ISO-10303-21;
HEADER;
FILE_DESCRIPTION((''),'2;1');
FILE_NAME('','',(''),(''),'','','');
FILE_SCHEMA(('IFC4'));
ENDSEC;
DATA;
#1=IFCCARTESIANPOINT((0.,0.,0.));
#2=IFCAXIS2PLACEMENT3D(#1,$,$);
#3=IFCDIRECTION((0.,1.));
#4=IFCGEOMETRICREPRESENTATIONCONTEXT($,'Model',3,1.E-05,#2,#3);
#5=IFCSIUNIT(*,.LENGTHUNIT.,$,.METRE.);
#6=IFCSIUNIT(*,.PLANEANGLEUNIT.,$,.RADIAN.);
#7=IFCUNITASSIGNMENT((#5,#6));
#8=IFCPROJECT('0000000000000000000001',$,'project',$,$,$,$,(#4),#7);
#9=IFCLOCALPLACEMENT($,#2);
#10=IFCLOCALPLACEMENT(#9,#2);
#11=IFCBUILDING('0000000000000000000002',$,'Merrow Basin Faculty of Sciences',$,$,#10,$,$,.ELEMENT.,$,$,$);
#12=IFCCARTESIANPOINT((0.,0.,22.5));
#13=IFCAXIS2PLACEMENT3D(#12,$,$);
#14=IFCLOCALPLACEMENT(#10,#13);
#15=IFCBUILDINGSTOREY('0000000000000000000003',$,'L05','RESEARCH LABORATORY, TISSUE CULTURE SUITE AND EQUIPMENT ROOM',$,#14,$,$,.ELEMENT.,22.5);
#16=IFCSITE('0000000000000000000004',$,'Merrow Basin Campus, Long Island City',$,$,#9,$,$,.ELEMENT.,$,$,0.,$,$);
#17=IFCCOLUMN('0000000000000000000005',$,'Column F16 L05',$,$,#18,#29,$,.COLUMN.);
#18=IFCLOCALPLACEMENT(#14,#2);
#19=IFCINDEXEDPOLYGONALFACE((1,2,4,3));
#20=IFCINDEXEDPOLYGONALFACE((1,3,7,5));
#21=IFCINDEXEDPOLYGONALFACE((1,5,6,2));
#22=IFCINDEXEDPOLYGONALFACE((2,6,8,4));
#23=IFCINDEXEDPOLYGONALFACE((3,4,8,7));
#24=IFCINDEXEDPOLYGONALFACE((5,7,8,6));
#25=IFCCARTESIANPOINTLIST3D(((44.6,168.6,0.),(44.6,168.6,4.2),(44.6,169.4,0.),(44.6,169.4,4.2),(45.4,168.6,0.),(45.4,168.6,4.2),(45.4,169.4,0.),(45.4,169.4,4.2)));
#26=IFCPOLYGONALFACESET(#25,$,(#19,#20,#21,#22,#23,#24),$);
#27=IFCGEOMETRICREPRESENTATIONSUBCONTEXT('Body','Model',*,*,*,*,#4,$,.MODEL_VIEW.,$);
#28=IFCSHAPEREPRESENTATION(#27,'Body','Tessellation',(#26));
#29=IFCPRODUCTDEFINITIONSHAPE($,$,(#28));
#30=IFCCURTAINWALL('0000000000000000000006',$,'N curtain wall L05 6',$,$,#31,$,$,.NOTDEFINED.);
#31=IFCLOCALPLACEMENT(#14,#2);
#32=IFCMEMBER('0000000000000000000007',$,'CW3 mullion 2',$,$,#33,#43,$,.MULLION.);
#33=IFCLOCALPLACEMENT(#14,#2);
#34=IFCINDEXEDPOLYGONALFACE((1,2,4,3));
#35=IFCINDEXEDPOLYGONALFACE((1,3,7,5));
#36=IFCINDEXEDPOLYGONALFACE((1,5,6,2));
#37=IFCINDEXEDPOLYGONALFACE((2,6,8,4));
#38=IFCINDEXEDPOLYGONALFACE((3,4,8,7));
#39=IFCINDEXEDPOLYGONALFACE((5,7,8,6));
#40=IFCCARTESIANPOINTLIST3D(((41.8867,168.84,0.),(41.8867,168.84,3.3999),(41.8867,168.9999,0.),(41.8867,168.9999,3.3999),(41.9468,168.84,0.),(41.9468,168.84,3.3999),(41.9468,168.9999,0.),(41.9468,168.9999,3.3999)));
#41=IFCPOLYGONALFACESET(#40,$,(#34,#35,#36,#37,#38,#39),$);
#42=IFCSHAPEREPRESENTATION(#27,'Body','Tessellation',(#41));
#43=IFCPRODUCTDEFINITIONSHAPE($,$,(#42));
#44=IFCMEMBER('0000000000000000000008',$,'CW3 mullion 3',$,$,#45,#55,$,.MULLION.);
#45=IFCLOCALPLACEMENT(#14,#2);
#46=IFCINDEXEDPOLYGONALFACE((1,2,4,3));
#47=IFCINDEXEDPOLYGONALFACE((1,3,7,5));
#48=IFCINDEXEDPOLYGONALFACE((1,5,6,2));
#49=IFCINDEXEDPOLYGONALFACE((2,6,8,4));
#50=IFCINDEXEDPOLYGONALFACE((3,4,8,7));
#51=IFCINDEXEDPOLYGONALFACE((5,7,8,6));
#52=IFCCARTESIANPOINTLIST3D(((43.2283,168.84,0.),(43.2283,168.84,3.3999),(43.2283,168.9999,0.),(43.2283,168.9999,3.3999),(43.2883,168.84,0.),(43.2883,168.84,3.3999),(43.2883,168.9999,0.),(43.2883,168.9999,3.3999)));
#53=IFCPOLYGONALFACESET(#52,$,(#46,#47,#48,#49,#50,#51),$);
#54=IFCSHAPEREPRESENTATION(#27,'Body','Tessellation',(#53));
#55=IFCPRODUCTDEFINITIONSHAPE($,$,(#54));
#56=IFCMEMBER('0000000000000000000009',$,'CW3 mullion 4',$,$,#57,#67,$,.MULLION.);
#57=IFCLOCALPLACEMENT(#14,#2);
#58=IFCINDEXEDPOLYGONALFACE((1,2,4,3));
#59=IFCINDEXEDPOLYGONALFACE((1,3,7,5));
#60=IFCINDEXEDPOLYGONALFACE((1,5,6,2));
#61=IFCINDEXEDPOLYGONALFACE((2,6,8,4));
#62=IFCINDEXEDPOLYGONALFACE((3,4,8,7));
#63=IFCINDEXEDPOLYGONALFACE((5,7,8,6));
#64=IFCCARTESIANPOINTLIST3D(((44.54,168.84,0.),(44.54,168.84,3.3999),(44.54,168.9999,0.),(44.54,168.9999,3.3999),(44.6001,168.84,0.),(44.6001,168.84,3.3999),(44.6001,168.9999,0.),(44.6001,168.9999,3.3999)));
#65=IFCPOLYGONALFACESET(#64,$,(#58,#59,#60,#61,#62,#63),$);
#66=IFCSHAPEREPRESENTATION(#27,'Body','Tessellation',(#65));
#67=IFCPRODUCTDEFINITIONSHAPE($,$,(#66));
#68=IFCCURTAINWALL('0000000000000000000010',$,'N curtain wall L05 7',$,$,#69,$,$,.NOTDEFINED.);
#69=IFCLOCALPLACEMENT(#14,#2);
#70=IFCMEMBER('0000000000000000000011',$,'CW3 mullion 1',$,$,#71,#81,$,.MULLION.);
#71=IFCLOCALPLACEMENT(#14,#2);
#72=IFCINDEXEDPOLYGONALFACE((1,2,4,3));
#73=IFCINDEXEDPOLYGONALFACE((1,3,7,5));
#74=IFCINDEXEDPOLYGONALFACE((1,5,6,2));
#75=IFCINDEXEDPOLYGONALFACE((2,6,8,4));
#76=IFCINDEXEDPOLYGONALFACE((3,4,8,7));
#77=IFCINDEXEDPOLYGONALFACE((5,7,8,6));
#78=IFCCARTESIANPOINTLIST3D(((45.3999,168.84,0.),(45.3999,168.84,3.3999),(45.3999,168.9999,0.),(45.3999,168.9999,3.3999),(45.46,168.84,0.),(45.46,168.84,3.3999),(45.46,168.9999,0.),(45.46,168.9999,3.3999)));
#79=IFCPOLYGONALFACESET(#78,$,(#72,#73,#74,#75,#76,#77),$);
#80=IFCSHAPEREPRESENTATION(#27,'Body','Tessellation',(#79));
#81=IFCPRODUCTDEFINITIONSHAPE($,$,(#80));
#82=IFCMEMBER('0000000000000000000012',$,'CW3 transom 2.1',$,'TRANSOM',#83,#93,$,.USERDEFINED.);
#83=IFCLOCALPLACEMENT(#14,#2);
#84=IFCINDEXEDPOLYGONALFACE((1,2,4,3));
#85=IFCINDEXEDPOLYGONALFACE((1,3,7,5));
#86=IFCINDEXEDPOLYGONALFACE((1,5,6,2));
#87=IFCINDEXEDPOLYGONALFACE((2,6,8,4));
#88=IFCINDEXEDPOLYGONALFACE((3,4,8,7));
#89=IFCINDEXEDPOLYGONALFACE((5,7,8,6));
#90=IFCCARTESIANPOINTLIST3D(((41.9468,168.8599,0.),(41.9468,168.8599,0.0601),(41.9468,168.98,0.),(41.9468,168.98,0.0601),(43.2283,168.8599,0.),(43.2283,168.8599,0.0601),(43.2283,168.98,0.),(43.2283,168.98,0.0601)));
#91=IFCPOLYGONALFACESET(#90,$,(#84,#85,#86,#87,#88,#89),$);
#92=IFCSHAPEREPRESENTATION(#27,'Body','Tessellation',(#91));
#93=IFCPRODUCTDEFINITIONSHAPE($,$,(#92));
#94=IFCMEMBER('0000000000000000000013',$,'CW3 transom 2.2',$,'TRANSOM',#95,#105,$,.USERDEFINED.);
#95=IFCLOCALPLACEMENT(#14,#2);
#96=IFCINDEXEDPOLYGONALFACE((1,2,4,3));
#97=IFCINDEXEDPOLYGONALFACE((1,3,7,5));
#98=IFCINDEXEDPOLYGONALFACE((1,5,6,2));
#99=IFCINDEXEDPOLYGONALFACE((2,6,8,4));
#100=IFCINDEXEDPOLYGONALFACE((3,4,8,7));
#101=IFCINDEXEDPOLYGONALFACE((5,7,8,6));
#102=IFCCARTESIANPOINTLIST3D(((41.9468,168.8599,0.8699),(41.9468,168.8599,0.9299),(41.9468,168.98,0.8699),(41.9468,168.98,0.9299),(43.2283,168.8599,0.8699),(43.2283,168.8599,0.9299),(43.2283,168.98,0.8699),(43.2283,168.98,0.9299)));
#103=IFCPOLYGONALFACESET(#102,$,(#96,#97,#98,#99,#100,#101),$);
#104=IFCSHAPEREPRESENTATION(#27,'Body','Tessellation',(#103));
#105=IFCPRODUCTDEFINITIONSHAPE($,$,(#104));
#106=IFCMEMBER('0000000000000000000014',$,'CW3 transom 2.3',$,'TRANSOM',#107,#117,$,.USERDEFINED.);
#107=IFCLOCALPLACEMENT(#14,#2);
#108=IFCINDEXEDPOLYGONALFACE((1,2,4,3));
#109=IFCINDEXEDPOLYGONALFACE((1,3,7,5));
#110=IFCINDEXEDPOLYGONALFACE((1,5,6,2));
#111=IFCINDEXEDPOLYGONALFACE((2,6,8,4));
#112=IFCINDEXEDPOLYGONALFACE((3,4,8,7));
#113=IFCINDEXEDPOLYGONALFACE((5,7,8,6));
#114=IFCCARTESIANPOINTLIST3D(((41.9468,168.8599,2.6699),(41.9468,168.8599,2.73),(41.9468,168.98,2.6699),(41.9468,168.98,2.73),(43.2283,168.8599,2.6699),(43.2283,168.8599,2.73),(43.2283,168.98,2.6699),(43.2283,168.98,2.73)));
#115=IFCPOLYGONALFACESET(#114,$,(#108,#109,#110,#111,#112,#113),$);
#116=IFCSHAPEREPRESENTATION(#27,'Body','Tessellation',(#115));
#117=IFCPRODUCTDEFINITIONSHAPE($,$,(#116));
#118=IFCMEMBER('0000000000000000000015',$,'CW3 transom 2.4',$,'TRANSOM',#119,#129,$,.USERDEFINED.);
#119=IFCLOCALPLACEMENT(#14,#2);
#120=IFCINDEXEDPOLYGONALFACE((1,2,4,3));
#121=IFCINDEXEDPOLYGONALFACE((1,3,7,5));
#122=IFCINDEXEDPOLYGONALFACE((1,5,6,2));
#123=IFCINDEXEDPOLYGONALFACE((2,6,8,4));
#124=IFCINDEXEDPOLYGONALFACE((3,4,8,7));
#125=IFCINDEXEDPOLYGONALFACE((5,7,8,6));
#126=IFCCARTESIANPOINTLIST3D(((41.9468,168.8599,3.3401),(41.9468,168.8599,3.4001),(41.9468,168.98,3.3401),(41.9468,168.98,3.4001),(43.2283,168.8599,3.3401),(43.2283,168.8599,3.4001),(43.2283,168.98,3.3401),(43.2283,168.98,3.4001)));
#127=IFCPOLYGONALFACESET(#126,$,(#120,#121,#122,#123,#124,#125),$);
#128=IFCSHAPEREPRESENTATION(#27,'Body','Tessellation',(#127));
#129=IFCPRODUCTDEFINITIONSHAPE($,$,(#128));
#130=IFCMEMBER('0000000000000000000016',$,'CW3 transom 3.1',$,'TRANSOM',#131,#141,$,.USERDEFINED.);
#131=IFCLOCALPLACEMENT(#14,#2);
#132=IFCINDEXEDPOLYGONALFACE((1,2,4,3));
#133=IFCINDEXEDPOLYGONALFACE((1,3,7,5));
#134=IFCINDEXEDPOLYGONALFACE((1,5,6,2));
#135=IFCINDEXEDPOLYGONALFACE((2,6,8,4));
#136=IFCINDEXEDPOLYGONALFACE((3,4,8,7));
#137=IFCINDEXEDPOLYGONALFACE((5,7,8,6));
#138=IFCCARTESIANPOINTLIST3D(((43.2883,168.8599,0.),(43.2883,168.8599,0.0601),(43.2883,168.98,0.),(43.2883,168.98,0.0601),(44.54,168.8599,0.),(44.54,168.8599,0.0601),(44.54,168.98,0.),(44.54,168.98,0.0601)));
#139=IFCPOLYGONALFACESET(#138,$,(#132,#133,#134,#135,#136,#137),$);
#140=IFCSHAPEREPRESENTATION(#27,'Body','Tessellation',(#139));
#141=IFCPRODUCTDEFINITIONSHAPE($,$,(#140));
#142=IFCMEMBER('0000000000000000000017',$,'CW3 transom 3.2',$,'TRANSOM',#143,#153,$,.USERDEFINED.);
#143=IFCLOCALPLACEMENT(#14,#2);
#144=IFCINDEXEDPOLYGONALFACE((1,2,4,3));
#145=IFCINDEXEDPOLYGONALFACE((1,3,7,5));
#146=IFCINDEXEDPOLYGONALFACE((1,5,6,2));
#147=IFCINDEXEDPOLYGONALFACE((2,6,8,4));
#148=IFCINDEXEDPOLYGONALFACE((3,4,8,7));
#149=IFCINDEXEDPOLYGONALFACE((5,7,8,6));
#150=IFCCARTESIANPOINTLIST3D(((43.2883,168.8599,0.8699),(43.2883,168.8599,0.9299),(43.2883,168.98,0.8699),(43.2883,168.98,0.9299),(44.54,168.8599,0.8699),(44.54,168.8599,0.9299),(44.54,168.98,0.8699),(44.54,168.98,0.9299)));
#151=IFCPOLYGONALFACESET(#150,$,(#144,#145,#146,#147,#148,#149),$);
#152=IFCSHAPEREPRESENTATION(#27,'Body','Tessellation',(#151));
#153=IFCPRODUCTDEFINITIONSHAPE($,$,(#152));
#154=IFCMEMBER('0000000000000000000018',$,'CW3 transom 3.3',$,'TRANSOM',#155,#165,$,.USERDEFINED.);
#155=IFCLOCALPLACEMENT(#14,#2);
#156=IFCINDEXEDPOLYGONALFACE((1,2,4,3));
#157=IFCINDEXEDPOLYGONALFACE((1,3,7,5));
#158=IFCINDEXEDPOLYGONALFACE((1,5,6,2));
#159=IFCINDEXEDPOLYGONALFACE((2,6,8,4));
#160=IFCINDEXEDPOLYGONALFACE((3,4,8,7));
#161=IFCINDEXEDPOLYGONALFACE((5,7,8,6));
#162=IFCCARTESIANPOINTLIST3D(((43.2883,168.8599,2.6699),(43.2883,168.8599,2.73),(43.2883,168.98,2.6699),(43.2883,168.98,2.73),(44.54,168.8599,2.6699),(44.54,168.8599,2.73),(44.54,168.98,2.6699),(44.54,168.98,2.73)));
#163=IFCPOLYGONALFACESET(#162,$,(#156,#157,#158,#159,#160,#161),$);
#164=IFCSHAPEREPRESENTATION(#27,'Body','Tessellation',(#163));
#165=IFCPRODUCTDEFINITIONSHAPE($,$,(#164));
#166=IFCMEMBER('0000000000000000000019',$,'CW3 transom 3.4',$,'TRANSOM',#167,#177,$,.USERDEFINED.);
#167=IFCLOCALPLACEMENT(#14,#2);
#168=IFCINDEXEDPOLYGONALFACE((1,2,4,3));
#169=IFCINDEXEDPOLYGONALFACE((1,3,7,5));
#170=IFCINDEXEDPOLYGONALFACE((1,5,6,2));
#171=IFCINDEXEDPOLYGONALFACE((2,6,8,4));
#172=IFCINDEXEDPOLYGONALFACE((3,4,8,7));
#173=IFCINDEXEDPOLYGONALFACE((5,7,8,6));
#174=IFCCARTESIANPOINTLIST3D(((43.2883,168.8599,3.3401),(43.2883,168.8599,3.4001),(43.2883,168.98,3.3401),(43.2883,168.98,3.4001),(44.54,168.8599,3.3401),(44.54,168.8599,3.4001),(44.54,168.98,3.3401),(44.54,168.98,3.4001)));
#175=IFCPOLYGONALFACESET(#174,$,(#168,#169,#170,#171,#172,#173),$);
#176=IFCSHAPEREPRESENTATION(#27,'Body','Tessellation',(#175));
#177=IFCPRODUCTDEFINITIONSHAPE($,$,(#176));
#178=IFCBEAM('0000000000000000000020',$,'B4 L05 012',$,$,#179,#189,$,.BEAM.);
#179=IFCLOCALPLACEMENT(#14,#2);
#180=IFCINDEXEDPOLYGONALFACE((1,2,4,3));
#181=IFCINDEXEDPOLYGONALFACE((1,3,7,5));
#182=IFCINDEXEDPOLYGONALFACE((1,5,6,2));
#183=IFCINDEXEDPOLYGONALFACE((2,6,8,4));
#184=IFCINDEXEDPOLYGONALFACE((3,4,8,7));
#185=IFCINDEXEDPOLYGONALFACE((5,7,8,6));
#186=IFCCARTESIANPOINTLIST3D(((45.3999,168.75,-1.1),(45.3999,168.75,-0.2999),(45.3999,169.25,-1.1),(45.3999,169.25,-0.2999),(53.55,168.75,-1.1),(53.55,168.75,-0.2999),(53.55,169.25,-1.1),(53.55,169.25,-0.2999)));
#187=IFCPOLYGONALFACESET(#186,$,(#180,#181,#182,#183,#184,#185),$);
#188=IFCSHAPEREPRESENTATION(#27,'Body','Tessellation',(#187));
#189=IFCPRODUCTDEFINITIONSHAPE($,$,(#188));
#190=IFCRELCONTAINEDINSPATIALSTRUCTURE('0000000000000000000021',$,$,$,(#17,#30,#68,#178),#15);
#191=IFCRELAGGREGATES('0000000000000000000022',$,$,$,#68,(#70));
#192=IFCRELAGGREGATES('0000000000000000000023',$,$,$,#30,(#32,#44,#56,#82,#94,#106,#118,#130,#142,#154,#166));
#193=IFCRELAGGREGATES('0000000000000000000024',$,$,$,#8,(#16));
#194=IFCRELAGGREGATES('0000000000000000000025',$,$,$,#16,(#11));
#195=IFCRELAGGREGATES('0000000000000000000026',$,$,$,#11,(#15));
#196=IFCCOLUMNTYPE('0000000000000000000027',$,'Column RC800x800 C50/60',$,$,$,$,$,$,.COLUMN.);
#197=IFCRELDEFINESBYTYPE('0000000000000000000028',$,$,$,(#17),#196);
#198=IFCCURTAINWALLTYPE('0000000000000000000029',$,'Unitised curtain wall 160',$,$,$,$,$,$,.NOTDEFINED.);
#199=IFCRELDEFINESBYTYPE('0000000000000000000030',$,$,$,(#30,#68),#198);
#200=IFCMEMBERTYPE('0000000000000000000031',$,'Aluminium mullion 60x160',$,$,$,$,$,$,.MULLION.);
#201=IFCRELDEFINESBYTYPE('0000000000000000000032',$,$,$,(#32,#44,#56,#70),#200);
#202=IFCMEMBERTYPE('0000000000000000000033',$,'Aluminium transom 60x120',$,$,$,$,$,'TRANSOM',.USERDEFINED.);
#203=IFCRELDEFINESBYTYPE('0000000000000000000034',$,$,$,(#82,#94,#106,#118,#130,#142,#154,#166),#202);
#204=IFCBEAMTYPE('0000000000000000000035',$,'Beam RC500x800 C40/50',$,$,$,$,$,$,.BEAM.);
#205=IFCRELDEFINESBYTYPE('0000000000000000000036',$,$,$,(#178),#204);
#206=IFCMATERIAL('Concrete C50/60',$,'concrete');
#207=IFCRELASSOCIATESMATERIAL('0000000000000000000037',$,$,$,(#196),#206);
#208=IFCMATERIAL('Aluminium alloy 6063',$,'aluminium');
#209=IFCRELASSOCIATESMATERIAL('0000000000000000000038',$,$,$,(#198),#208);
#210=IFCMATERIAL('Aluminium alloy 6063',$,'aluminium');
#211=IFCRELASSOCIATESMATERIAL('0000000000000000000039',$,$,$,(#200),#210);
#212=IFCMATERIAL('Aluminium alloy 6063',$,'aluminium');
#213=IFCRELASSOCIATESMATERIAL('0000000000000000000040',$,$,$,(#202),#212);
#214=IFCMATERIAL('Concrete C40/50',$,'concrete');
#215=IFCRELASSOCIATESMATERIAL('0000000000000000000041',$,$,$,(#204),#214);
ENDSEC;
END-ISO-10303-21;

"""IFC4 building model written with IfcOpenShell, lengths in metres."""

from ifc_helpers import new_model, si_unit, direction, frame, origin, origin_2d, place, context, subcontext, project, spatial, rectangle, extrude, material, material_profile, profile_set, type_object, element, aggregate, save


model = new_model("IFC4")

# Units and contexts
model_context = context("Model", 3, precision=1e-05, world=origin(), true_north=direction((0.0, 1.0)))
body_context = subcontext(model_context, "Body", "Model", "MODEL_VIEW")
ifc_project = project(units=[si_unit("LENGTHUNIT", "METRE"), si_unit("PLANEANGLEUNIT", "RADIAN")], contexts=[model_context])

# Site, building, storey
site_placement = place(None, origin())
site = spatial("IfcSite", under=ifc_project, at=site_placement, Name="Merrow Basin Campus, Long Island City", CompositionType="ELEMENT", RefElevation=0.0)
building_placement = place(site_placement, origin())
building = spatial("IfcBuilding", under=site, at=building_placement, Name="Merrow Basin Faculty of Sciences", CompositionType="ELEMENT")
storey_placement = place(building_placement, frame((0.0, 0.0, 22.5)))
storey = spatial("IfcBuildingStorey", under=building, at=storey_placement, Name="L05", Description="RESEARCH LABORATORY, TISSUE CULTURE SUITE AND EQUIPMENT ROOM", CompositionType="ELEMENT", Elevation=22.5)

# Column
ifc_material_1 = material(Name="Concrete C50/60", Category="concrete")
ifc_material_profile_1 = material_profile(ifc_material_1, rectangle(XDim=0.8, YDim=0.8, at=origin_2d()))
ifc_profile_set_1 = profile_set([ifc_material_profile_1], Name="Concrete C50/60")
column_type = type_object("IfcColumnType", Name="Column RC800x800 C50/60", PredefinedType="COLUMN", material=ifc_profile_set_1)
column_placement = place(storey_placement, frame((45.0, 169.0, 0.0), z_axis=(0.0, 0.0, 1.0), x_axis=(1.0, 0.0, 0.0)))
element("IfcColumn", 1, at=column_placement, inside=storey, type_object=column_type, Name="Column F16 L05", PredefinedType="COLUMN", context=body_context, shape_type="SweptSolid", body=[
    extrude(rectangle(XDim=0.8, YDim=0.8, at=origin_2d()), origin(), (0.0, 0.0, 1.0), 4.2),
])

# Curtain wall, members
ifc_material_2 = material(Name="Aluminium alloy 6063", Category="aluminium")
curtain_wall_type = type_object("IfcCurtainWallType", Name="Unitised curtain wall 160", PredefinedType="NOTDEFINED", material=ifc_material_2)
curtain_wall_1_placement = place(storey_placement, origin())
curtain_wall_1 = element("IfcCurtainWall", 2, at=curtain_wall_1_placement, inside=storey, type_object=curtain_wall_type, Name="N curtain wall L05 6", PredefinedType="NOTDEFINED")
ifc_material_3 = material(Name="Aluminium alloy 6063", Category="aluminium")
ifc_material_profile_2 = material_profile(ifc_material_3, rectangle(XDim=0.1599, YDim=0.0601, at=origin_2d()))
ifc_profile_set_2 = profile_set([ifc_material_profile_2], Name="Aluminium alloy 6063")
member_type_1 = type_object("IfcMemberType", Name="Aluminium mullion 60x160", PredefinedType="MULLION", material=ifc_profile_set_2)
member_1_placement = place(storey_placement, frame((41.9167, 168.9199, 0.0), z_axis=(0.0, 0.0, 1.0), x_axis=(0.0, 1.0, 0.0)))
member_1 = element("IfcMember", 3, at=member_1_placement, type_object=member_type_1, Name="CW3 mullion 2", PredefinedType="MULLION", context=body_context, shape_type="SweptSolid", body=[
    extrude(rectangle(XDim=0.1599, YDim=0.0601, at=origin_2d()), origin(), (0.0, 0.0, 1.0), 3.3999),
])
member_2_placement = place(storey_placement, frame((43.2583, 168.9199, 0.0), z_axis=(0.0, 0.0, 1.0), x_axis=(0.0, 1.0, 0.0)))
member_2 = element("IfcMember", 4, at=member_2_placement, type_object=member_type_1, Name="CW3 mullion 3", PredefinedType="MULLION", context=body_context, shape_type="SweptSolid", body=[
    extrude(rectangle(XDim=0.1599, YDim=0.0601, at=origin_2d()), origin(), (0.0, 0.0, 1.0), 3.3999),
])
member_3_placement = place(storey_placement, frame((44.5701, 168.9199, 0.0), z_axis=(0.0, 0.0, 1.0), x_axis=(0.0, 1.0, 0.0)))
member_3 = element("IfcMember", 5, at=member_3_placement, type_object=member_type_1, Name="CW3 mullion 4", PredefinedType="MULLION", context=body_context, shape_type="SweptSolid", body=[
    extrude(rectangle(XDim=0.1599, YDim=0.0601, at=origin_2d()), origin(), (0.0, 0.0, 1.0), 3.3999),
])

# Curtain wall, member
curtain_wall_2_placement = place(storey_placement, origin())
curtain_wall_2 = element("IfcCurtainWall", 6, at=curtain_wall_2_placement, inside=storey, type_object=curtain_wall_type, Name="N curtain wall L05 7", PredefinedType="NOTDEFINED")
member_4_placement = place(storey_placement, frame((45.4299, 168.9199, 0.0), z_axis=(0.0, 0.0, 1.0), x_axis=(0.0, 1.0, 0.0)))
member_4 = element("IfcMember", 7, at=member_4_placement, type_object=member_type_1, Name="CW3 mullion 1", PredefinedType="MULLION", context=body_context, shape_type="SweptSolid", body=[
    extrude(rectangle(XDim=0.1599, YDim=0.0601, at=origin_2d()), origin(), (0.0, 0.0, 1.0), 3.3999),
])
aggregate(curtain_wall_2, [member_4])

# Members
ifc_material_4 = material(Name="Aluminium alloy 6063", Category="aluminium")
ifc_material_profile_3 = material_profile(ifc_material_4, rectangle(XDim=0.1201, YDim=0.0601, at=origin_2d()))
ifc_profile_set_3 = profile_set([ifc_material_profile_3], Name="Aluminium alloy 6063")
member_type_2 = type_object("IfcMemberType", Name="Aluminium transom 60x120", ElementType="TRANSOM", PredefinedType="USERDEFINED", material=ifc_profile_set_3)
member_5_placement = place(storey_placement, frame((41.9468, 168.9199, 0.03), z_axis=(1.0, 0.0, 0.0), x_axis=(0.0, 1.0, 0.0)))
member_5 = element("IfcMember", 8, at=member_5_placement, type_object=member_type_2, Name="CW3 transom 2.1", ObjectType="TRANSOM", PredefinedType="USERDEFINED", context=body_context, shape_type="SweptSolid", body=[
    extrude(rectangle(XDim=0.1201, YDim=0.0601, at=origin_2d()), origin(), (0.0, 0.0, 1.0), 1.2815),
])
member_6_placement = place(storey_placement, frame((41.9468, 168.9199, 0.8999), z_axis=(1.0, 0.0, 0.0), x_axis=(0.0, 1.0, 0.0)))
member_6 = element("IfcMember", 9, at=member_6_placement, type_object=member_type_2, Name="CW3 transom 2.2", ObjectType="TRANSOM", PredefinedType="USERDEFINED", context=body_context, shape_type="SweptSolid", body=[
    extrude(rectangle(XDim=0.1201, YDim=0.0601, at=origin_2d()), origin(), (0.0, 0.0, 1.0), 1.2815),
])
member_7_placement = place(storey_placement, frame((41.9468, 168.9199, 2.7), z_axis=(1.0, 0.0, 0.0), x_axis=(0.0, 1.0, 0.0)))
member_7 = element("IfcMember", 10, at=member_7_placement, type_object=member_type_2, Name="CW3 transom 2.3", ObjectType="TRANSOM", PredefinedType="USERDEFINED", context=body_context, shape_type="SweptSolid", body=[
    extrude(rectangle(XDim=0.1201, YDim=0.0601, at=origin_2d()), origin(), (0.0, 0.0, 1.0), 1.2815),
])
member_8_placement = place(storey_placement, frame((41.9468, 168.9199, 3.3701), z_axis=(1.0, 0.0, 0.0), x_axis=(0.0, 1.0, 0.0)))
member_8 = element("IfcMember", 11, at=member_8_placement, type_object=member_type_2, Name="CW3 transom 2.4", ObjectType="TRANSOM", PredefinedType="USERDEFINED", context=body_context, shape_type="SweptSolid", body=[
    extrude(rectangle(XDim=0.1201, YDim=0.0601, at=origin_2d()), origin(), (0.0, 0.0, 1.0), 1.2815),
])
member_9_placement = place(storey_placement, frame((43.2883, 168.9199, 0.03), z_axis=(1.0, 0.0, 0.0), x_axis=(0.0, 1.0, 0.0)))
member_9 = element("IfcMember", 12, at=member_9_placement, type_object=member_type_2, Name="CW3 transom 3.1", ObjectType="TRANSOM", PredefinedType="USERDEFINED", context=body_context, shape_type="SweptSolid", body=[
    extrude(rectangle(XDim=0.1201, YDim=0.0601, at=origin_2d()), origin(), (0.0, 0.0, 1.0), 1.2517),
])
member_10_placement = place(storey_placement, frame((43.2883, 168.9199, 0.8999), z_axis=(1.0, 0.0, 0.0), x_axis=(0.0, 1.0, 0.0)))
member_10 = element("IfcMember", 13, at=member_10_placement, type_object=member_type_2, Name="CW3 transom 3.2", ObjectType="TRANSOM", PredefinedType="USERDEFINED", context=body_context, shape_type="SweptSolid", body=[
    extrude(rectangle(XDim=0.1201, YDim=0.0601, at=origin_2d()), origin(), (0.0, 0.0, 1.0), 1.2517),
])
member_11_placement = place(storey_placement, frame((43.2883, 168.9199, 2.7), z_axis=(1.0, 0.0, 0.0), x_axis=(0.0, 1.0, 0.0)))
member_11 = element("IfcMember", 14, at=member_11_placement, type_object=member_type_2, Name="CW3 transom 3.3", ObjectType="TRANSOM", PredefinedType="USERDEFINED", context=body_context, shape_type="SweptSolid", body=[
    extrude(rectangle(XDim=0.1201, YDim=0.0601, at=origin_2d()), origin(), (0.0, 0.0, 1.0), 1.2517),
])
member_12_placement = place(storey_placement, frame((43.2883, 168.9199, 3.3701), z_axis=(1.0, 0.0, 0.0), x_axis=(0.0, 1.0, 0.0)))
member_12 = element("IfcMember", 15, at=member_12_placement, type_object=member_type_2, Name="CW3 transom 3.4", ObjectType="TRANSOM", PredefinedType="USERDEFINED", context=body_context, shape_type="SweptSolid", body=[
    extrude(rectangle(XDim=0.1201, YDim=0.0601, at=origin_2d()), origin(), (0.0, 0.0, 1.0), 1.2517),
])

# Beam
ifc_material_5 = material(Name="Concrete C40/50", Category="concrete")
ifc_material_profile_4 = material_profile(ifc_material_5, rectangle(XDim=0.5, YDim=0.8, at=origin_2d()))
ifc_profile_set_4 = profile_set([ifc_material_profile_4], Name="Concrete C40/50")
beam_type = type_object("IfcBeamType", Name="Beam RC500x800 C40/50", PredefinedType="BEAM", material=ifc_profile_set_4)
beam_placement = place(storey_placement, frame((45.3999, 169.0, -0.7), z_axis=(1.0, 0.0, 0.0), x_axis=(0.0, 1.0, 0.0)))
element("IfcBeam", 16, at=beam_placement, inside=storey, type_object=beam_type, Name="B4 L05 012", PredefinedType="BEAM", context=body_context, shape_type="SweptSolid", body=[
    extrude(rectangle(XDim=0.5, YDim=0.8, at=origin_2d()), origin(), (0.0, 0.0, 1.0), 8.1501),
])

aggregate(curtain_wall_1, [member_1, member_2, member_3, member_5, member_6, member_7, member_8, member_9, member_10, member_11, member_12])

save(model, "model.ifc")
